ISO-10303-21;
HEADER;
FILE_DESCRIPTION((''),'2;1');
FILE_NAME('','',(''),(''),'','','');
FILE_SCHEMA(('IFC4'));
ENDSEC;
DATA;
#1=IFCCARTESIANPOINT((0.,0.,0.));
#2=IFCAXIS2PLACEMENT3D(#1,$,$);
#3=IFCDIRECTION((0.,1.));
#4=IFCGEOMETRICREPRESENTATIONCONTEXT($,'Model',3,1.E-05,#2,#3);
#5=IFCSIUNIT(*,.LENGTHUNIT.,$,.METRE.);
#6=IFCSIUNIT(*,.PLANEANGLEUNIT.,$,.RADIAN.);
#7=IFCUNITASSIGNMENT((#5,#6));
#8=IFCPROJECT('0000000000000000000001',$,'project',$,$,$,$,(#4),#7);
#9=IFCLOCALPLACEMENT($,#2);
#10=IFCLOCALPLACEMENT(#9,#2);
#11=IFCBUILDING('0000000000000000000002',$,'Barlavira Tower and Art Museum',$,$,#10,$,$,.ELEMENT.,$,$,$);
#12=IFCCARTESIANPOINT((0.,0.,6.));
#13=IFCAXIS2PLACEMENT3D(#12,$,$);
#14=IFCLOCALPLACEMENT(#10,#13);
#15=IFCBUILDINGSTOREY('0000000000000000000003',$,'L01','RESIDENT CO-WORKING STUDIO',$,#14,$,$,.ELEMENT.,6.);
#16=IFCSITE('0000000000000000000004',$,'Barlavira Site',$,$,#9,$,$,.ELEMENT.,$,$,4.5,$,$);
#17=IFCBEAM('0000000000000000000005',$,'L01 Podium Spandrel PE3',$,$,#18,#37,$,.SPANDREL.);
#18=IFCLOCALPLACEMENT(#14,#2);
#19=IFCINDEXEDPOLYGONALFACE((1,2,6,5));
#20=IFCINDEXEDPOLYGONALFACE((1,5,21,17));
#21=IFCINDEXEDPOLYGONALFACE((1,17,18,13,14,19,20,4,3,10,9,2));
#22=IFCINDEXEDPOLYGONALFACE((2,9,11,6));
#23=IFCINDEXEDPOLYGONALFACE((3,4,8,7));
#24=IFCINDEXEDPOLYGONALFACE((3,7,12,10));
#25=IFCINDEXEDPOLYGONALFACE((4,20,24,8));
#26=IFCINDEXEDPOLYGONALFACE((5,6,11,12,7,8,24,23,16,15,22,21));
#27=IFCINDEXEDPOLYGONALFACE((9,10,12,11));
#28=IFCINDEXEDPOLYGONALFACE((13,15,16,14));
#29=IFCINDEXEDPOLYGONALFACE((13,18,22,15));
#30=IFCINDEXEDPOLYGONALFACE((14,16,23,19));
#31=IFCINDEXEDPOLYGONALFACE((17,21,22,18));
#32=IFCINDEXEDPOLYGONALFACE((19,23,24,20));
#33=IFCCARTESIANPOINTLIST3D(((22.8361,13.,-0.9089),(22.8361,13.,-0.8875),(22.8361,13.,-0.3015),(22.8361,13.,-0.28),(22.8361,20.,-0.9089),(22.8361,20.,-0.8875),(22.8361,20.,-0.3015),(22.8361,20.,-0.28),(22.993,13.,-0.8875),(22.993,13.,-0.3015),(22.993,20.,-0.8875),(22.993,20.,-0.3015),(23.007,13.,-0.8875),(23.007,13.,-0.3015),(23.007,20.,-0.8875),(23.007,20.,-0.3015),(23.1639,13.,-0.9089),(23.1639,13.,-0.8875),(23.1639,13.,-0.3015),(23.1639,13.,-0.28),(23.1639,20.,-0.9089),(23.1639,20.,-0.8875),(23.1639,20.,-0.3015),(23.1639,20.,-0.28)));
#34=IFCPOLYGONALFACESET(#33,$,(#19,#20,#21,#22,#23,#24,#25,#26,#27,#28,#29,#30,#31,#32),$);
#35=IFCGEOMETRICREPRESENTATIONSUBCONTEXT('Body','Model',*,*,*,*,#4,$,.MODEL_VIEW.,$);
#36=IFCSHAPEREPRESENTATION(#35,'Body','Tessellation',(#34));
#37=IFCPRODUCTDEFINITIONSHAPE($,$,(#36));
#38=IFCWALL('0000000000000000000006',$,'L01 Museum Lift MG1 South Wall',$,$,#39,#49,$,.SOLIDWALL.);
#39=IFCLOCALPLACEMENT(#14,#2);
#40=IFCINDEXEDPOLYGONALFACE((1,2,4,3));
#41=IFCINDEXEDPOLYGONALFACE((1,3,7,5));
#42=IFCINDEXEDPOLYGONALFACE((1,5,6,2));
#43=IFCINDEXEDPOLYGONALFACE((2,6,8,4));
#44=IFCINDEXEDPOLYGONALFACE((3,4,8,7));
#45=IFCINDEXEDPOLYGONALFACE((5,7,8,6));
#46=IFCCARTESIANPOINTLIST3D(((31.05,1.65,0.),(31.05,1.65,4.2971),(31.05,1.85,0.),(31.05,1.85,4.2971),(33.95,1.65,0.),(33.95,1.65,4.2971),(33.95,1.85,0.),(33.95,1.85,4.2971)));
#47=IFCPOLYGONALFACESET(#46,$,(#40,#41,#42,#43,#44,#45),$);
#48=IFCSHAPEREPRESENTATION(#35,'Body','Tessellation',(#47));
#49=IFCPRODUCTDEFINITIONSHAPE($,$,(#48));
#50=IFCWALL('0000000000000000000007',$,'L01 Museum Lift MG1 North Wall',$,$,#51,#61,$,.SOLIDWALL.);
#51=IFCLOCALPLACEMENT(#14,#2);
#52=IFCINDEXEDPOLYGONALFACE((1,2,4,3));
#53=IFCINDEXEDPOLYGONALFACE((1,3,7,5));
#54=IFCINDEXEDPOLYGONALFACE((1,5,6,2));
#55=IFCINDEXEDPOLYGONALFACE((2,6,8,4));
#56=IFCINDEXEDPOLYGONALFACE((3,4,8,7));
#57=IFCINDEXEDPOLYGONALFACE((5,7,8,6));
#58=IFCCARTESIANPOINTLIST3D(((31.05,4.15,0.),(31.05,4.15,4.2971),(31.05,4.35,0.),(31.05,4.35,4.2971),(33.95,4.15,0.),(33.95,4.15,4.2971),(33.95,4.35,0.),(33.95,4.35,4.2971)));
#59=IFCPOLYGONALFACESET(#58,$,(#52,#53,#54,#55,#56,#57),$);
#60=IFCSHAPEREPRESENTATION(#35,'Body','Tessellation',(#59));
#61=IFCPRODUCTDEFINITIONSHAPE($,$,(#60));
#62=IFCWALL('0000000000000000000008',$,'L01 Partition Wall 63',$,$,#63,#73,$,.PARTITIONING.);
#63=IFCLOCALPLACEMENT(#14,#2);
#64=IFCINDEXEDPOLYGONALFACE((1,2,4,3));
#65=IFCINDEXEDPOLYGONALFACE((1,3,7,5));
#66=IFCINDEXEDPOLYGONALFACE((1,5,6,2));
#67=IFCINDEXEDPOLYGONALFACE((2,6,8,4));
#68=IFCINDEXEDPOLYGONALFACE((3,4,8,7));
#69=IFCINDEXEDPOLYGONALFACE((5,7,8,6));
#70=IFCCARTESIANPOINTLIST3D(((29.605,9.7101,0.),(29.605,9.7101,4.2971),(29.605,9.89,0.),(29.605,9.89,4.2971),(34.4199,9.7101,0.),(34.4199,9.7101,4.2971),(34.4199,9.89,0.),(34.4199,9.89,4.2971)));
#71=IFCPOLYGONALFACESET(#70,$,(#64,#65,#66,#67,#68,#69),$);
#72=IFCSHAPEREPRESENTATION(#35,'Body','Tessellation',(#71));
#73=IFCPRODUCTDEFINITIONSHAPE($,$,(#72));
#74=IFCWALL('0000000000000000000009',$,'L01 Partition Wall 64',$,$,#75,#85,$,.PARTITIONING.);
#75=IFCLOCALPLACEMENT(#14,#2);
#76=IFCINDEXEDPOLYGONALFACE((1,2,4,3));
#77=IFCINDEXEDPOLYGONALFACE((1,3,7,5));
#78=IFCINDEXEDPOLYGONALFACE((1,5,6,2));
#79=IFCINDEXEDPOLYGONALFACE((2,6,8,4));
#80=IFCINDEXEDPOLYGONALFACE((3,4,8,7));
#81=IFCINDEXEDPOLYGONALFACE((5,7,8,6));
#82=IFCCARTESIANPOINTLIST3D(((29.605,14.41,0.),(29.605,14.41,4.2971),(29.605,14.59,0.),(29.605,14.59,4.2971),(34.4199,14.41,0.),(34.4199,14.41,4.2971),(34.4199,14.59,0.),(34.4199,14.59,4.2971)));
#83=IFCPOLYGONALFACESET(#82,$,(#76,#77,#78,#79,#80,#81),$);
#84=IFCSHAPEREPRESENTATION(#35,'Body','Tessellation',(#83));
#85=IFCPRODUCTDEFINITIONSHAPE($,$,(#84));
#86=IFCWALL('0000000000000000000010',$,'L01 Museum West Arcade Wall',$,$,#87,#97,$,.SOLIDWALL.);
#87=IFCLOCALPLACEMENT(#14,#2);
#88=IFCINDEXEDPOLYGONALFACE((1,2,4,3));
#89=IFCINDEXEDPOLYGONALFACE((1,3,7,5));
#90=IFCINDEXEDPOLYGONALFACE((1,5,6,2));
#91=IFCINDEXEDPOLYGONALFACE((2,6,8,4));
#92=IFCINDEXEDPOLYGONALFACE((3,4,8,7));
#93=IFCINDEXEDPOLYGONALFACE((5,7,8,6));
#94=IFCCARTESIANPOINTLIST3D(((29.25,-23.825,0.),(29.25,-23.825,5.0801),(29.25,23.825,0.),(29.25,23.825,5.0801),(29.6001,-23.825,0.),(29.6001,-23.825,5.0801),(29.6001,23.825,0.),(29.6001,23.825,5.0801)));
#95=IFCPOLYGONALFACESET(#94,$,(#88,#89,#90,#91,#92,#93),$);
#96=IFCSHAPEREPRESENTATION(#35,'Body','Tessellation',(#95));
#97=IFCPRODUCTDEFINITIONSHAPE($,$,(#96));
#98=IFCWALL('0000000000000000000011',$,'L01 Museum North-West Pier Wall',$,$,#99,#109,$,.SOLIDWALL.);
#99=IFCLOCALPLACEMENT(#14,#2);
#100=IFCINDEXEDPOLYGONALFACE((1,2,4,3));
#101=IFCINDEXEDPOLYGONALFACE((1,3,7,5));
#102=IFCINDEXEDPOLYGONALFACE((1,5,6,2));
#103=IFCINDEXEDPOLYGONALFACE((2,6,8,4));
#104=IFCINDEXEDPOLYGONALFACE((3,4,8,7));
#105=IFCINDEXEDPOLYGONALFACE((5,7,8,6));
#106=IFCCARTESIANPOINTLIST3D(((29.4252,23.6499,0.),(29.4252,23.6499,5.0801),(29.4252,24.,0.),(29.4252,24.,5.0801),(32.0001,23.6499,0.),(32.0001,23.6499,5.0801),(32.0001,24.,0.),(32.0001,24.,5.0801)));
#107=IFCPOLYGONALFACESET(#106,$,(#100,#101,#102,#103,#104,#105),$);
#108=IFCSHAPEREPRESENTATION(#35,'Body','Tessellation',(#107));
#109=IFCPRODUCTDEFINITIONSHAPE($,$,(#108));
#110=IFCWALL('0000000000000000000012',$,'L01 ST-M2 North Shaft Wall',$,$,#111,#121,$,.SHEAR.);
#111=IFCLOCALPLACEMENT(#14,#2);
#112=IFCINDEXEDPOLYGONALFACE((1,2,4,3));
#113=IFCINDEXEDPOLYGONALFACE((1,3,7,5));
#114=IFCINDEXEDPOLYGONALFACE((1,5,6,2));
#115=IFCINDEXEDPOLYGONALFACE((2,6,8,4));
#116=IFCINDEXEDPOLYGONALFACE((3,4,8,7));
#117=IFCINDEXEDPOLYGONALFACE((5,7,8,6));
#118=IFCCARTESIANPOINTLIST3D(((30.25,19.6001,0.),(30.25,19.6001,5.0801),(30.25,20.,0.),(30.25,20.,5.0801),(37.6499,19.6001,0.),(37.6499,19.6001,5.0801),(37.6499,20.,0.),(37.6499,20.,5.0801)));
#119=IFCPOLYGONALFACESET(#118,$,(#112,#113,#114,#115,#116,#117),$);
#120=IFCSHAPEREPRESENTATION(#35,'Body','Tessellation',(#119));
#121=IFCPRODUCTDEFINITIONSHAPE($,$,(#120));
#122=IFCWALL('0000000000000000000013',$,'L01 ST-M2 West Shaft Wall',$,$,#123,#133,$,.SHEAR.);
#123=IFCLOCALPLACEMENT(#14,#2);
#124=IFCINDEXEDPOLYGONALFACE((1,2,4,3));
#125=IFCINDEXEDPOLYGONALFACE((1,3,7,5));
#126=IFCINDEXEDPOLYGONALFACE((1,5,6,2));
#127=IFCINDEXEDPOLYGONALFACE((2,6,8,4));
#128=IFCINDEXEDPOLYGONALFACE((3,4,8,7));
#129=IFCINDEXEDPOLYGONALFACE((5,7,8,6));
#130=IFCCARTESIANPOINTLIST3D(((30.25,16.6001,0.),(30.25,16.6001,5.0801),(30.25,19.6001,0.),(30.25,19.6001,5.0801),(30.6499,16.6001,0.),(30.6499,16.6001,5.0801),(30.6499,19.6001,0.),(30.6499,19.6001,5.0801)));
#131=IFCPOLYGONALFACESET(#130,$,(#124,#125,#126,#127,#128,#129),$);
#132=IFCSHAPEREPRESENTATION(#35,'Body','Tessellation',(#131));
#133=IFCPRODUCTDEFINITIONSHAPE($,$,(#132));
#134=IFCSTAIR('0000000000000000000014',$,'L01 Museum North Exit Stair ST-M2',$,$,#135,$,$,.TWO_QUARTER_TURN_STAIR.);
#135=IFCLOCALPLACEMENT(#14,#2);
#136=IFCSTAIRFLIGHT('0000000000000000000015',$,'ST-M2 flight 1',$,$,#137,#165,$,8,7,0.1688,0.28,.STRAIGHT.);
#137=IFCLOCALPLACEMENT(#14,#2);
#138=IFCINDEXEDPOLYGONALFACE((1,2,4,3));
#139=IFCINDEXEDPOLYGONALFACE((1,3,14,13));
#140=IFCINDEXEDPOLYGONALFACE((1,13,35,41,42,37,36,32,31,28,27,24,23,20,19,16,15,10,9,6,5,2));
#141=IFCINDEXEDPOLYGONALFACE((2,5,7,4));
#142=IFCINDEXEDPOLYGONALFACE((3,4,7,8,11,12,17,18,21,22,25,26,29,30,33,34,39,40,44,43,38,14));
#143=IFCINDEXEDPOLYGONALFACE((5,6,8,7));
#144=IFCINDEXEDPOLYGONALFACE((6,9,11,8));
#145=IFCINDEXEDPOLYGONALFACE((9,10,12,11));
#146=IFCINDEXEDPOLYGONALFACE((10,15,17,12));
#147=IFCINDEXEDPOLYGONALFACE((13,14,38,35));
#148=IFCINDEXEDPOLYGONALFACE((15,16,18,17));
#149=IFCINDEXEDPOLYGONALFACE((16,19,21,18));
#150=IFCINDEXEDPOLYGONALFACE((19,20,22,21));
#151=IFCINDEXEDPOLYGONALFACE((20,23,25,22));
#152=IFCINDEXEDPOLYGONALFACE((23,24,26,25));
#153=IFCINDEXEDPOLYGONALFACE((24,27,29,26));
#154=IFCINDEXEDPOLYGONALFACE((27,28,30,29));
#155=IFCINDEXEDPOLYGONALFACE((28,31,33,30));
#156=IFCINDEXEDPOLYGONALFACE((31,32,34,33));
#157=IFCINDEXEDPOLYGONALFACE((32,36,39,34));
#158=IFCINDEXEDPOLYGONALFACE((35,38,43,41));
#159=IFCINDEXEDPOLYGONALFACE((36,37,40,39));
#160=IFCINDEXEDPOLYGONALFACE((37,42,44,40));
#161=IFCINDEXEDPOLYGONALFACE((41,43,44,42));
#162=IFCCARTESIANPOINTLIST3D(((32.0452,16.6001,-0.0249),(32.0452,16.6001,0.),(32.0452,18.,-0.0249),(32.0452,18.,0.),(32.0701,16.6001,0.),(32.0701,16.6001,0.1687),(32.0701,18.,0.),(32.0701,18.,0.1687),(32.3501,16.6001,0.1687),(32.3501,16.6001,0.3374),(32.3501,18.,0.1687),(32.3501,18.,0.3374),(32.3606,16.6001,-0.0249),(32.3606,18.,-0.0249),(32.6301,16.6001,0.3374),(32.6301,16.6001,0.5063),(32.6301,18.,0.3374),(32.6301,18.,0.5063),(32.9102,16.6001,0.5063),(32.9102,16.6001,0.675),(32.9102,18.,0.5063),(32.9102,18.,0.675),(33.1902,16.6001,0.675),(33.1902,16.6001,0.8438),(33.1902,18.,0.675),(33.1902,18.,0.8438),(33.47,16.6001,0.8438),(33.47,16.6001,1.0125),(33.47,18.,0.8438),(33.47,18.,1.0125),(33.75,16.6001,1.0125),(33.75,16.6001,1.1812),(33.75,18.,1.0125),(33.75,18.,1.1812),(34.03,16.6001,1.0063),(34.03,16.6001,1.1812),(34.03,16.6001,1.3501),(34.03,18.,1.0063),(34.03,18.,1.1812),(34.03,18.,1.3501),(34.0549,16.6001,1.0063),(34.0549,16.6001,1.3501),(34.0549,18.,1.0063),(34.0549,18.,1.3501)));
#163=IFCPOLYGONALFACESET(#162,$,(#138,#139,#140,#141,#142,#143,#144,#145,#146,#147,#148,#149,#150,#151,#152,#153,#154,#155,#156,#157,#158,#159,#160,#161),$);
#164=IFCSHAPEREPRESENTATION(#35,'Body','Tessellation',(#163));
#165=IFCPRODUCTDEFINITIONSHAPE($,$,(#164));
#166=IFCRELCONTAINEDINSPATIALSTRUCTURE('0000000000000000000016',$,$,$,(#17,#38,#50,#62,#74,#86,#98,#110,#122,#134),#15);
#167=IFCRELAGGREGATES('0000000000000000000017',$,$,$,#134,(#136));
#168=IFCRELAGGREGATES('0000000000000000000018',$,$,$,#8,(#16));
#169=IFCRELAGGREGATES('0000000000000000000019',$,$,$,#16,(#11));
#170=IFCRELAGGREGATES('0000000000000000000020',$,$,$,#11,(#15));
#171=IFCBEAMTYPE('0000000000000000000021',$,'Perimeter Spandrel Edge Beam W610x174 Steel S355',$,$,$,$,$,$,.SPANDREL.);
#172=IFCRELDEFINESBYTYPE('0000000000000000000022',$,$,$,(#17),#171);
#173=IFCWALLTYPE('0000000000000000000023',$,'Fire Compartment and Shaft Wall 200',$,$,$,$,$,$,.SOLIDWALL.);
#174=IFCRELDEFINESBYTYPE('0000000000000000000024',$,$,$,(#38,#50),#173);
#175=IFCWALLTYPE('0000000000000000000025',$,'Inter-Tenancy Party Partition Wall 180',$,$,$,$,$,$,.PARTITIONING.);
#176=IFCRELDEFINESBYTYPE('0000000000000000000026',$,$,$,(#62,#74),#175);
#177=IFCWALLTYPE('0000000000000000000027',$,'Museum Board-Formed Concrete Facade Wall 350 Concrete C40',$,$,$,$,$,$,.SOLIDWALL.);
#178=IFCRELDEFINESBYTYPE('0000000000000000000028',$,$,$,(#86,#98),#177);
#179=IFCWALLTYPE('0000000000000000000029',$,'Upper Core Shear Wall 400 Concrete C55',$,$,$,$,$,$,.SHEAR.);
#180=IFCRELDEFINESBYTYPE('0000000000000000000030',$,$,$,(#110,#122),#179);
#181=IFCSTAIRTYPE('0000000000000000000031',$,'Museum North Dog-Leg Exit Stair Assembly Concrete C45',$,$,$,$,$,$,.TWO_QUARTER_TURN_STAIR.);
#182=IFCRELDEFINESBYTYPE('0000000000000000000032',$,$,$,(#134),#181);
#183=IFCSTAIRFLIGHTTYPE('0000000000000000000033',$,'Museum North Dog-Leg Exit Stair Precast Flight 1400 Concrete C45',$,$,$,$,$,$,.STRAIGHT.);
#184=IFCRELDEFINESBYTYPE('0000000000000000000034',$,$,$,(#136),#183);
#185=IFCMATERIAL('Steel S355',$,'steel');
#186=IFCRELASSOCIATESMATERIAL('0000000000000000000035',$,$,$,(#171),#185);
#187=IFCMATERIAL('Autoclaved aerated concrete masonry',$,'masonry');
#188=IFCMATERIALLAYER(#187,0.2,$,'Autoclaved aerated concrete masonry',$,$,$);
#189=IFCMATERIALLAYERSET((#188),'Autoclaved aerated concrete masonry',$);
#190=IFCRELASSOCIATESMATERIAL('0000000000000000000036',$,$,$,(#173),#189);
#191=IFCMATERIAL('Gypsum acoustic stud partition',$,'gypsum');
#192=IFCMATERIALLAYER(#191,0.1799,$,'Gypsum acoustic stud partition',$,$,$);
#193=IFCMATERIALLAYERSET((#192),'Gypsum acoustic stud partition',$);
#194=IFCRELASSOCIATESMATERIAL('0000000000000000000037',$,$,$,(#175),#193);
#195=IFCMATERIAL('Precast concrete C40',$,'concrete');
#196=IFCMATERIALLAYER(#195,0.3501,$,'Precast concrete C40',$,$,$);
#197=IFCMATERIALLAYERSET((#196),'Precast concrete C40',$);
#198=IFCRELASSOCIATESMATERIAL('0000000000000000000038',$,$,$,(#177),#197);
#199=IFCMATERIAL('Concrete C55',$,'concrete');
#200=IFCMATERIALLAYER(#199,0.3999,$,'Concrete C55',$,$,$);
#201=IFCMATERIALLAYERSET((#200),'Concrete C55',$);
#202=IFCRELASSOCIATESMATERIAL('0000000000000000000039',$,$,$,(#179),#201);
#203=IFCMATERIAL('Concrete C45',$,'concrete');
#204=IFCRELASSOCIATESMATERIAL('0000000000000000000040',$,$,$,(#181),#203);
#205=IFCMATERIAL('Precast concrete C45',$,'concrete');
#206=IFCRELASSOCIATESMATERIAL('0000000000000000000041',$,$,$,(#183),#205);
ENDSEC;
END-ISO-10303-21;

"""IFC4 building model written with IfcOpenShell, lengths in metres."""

from ifc_helpers import new_model, si_unit, direction, frame, frame_2d, origin, origin_2d, place, context, subcontext, project, spatial, polyline, rectangle, i_section, outline, extrude, material, layer, layer_set, material_profile, profile_set, type_object, element, aggregate, save


model = new_model("IFC4")

# Units and contexts
model_context = context("Model", 3, precision=1e-05, world=origin(), true_north=direction((0.0, 1.0)))
body_context = subcontext(model_context, "Body", "Model", "MODEL_VIEW")
ifc_project = project(units=[si_unit("LENGTHUNIT", "METRE"), si_unit("PLANEANGLEUNIT", "RADIAN")], contexts=[model_context])

# Site, building, storey
site_placement = place(None, origin())
site = spatial("IfcSite", under=ifc_project, at=site_placement, Name="Barlavira Site", CompositionType="ELEMENT", RefElevation=4.5)
building_placement = place(site_placement, origin())
building = spatial("IfcBuilding", under=site, at=building_placement, Name="Barlavira Tower and Art Museum", CompositionType="ELEMENT")
storey_placement = place(building_placement, frame((0.0, 0.0, 6.0)))
storey = spatial("IfcBuildingStorey", under=building, at=storey_placement, Name="L01", Description="RESIDENT CO-WORKING STUDIO", CompositionType="ELEMENT", Elevation=6.0)

# Beam
ifc_material_1 = material(Name="Steel S355", Category="steel")
ifc_material_profile_1 = material_profile(ifc_material_1, i_section(OverallWidth=0.3279, OverallDepth=0.6289, WebThickness=0.0139, FlangeThickness=0.0215, at=origin_2d()), Name="W610x174.0")
ifc_profile_set_1 = profile_set([ifc_material_profile_1], Name="Steel S355")
beam_type_1 = type_object("IfcBeamType", Name="Perimeter Spandrel Edge Beam W610x174 Steel S355", PredefinedType="SPANDREL", material=ifc_profile_set_1)
beam_1_placement = place(storey_placement, frame((23.0, 13.0, -0.5945), z_axis=(0.0, 1.0, 0.0), x_axis=(-1.0, 0.0, 0.0)))
element("IfcBeam", 1, at=beam_1_placement, inside=storey, type_object=beam_type_1, Name="L01 Podium Spandrel PE3", PredefinedType="SPANDREL", context=body_context, shape_type="SweptSolid", body=[
    extrude(i_section(OverallWidth=0.3279, OverallDepth=0.6289, WebThickness=0.0139, FlangeThickness=0.0215, at=origin_2d()), origin(), (0.0, 0.0, 1.0), 7.0),
])

# Walls
ifc_material_2 = material(Name="Autoclaved aerated concrete masonry", Category="masonry")
ifc_layer_1 = layer(ifc_material_2, 0.2, Name="Autoclaved aerated concrete masonry")
ifc_layer_set_1 = layer_set([ifc_layer_1], Name="Autoclaved aerated concrete masonry")
wall_type_1 = type_object("IfcWallType", Name="Fire Compartment and Shaft Wall 200", PredefinedType="SOLIDWALL", material=ifc_layer_set_1)
for number, where, z_axis, x_axis, name in (
    (2, (31.05, 1.75, 0.0), (0.0, 0.0, 1.0), (1.0, 0.0, 0.0), "L01 Museum Lift MG1 South Wall"),
    (3, (31.05, 4.25, 0.0), (0.0, 0.0, 1.0), (1.0, 0.0, 0.0), "L01 Museum Lift MG1 North Wall"),
):
    element("IfcWall", number, at=place(storey_placement, frame(where, z_axis=z_axis, x_axis=x_axis)), inside=storey, type_object=wall_type_1, Name=name, PredefinedType="SOLIDWALL", context=body_context, shape_type="SweptSolid", body=[
        extrude(rectangle(XDim=2.8999, YDim=0.2, at=frame_2d((1.45, 0.0))), origin(), (0.0, 0.0, 1.0), 4.2971),
    ])
ifc_material_3 = material(Name="Gypsum acoustic stud partition", Category="gypsum")
ifc_layer_2 = layer(ifc_material_3, 0.1799, Name="Gypsum acoustic stud partition")
ifc_layer_set_2 = layer_set([ifc_layer_2], Name="Gypsum acoustic stud partition")
wall_type_2 = type_object("IfcWallType", Name="Inter-Tenancy Party Partition Wall 180", PredefinedType="PARTITIONING", material=ifc_layer_set_2)
for number, where, z_axis, x_axis, name in (
    (4, (29.605, 9.8, 0.0), (0.0, 0.0, 1.0), (1.0, 0.0, 0.0), "L01 Partition Wall 63"),
    (5, (29.605, 14.5, 0.0), (0.0, 0.0, 1.0), (1.0, 0.0, 0.0), "L01 Partition Wall 64"),
):
    element("IfcWall", number, at=place(storey_placement, frame(where, z_axis=z_axis, x_axis=x_axis)), inside=storey, type_object=wall_type_2, Name=name, PredefinedType="PARTITIONING", context=body_context, shape_type="SweptSolid", body=[
        extrude(rectangle(XDim=4.8149, YDim=0.1799, at=frame_2d((2.4075, 0.0))), origin(), (0.0, 0.0, 1.0), 4.2971),
    ])
ifc_material_4 = material(Name="Precast concrete C40", Category="concrete")
ifc_layer_3 = layer(ifc_material_4, 0.3501, Name="Precast concrete C40")
ifc_layer_set_3 = layer_set([ifc_layer_3], Name="Precast concrete C40")
wall_type_3 = type_object("IfcWallType", Name="Museum Board-Formed Concrete Facade Wall 350 Concrete C40", PredefinedType="SOLIDWALL", material=ifc_layer_set_3)
wall_1_placement = place(storey_placement, frame((29.425, 23.825, 0.0), z_axis=(0.0, 0.0, 1.0), x_axis=(0.0, -1.0, 0.0)))
element("IfcWall", 6, at=wall_1_placement, inside=storey, type_object=wall_type_3, Name="L01 Museum West Arcade Wall", PredefinedType="SOLIDWALL", context=body_context, shape_type="SweptSolid", body=[
    extrude(rectangle(XDim=47.6499, YDim=0.3501, at=frame_2d((23.825, 0.0))), origin(), (0.0, 0.0, 1.0), 5.0801),
])
wall_2_placement = place(storey_placement, frame((29.425, 23.825, 0.0), z_axis=(0.0, 0.0, 1.0), x_axis=(1.0, 0.0, 0.0)))
element("IfcWall", 7, at=wall_2_placement, inside=storey, type_object=wall_type_3, Name="L01 Museum North-West Pier Wall", PredefinedType="SOLIDWALL", context=body_context, shape_type="SweptSolid", body=[
    extrude(rectangle(XDim=2.575, YDim=0.3501, at=frame_2d((1.2876, 0.0))), origin(), (0.0, 0.0, 1.0), 5.0801),
])
ifc_material_5 = material(Name="Concrete C55", Category="concrete")
ifc_layer_4 = layer(ifc_material_5, 0.3999, Name="Concrete C55")
ifc_layer_set_4 = layer_set([ifc_layer_4], Name="Concrete C55")
wall_type_4 = type_object("IfcWallType", Name="Upper Core Shear Wall 400 Concrete C55", PredefinedType="SHEAR", material=ifc_layer_set_4)
wall_3_placement = place(storey_placement, frame((30.25, 19.8, 0.0), z_axis=(0.0, 0.0, 1.0), x_axis=(1.0, 0.0, 0.0)))
element("IfcWall", 8, at=wall_3_placement, inside=storey, type_object=wall_type_4, Name="L01 ST-M2 North Shaft Wall", PredefinedType="SHEAR", context=body_context, shape_type="SweptSolid", body=[
    extrude(rectangle(XDim=7.3999, YDim=0.3999, at=frame_2d((3.7, 0.0))), origin(), (0.0, 0.0, 1.0), 5.0801),
])
wall_4_placement = place(storey_placement, frame((30.45, 16.6001, 0.0), z_axis=(0.0, 0.0, 1.0), x_axis=(0.0, 1.0, 0.0)))
element("IfcWall", 9, at=wall_4_placement, inside=storey, type_object=wall_type_4, Name="L01 ST-M2 West Shaft Wall", PredefinedType="SHEAR", context=body_context, shape_type="SweptSolid", body=[
    extrude(rectangle(XDim=3.0, YDim=0.3999, at=frame_2d((1.5, 0.0))), origin(), (0.0, 0.0, 1.0), 5.0801),
])

# Stair, stair flight
ifc_material_6 = material(Name="Concrete C45", Category="concrete")
stair_type = type_object("IfcStairType", Name="Museum North Dog-Leg Exit Stair Assembly Concrete C45", PredefinedType="TWO_QUARTER_TURN_STAIR", material=ifc_material_6)
stair_placement = place(storey_placement, origin())
stair = element("IfcStair", 10, at=stair_placement, inside=storey, type_object=stair_type, Name="L01 Museum North Exit Stair ST-M2", PredefinedType="TWO_QUARTER_TURN_STAIR")
ifc_material_7 = material(Name="Precast concrete C45", Category="concrete")
stair_flight_type = type_object("IfcStairFlightType", Name="Museum North Dog-Leg Exit Stair Precast Flight 1400 Concrete C45", PredefinedType="STRAIGHT", material=ifc_material_7)
stair_flight_1_placement = place(storey_placement, frame((32.0701, 17.3, 0.0), z_axis=(0.0, 0.0, 1.0), x_axis=(1.0, 0.0, 0.0)))
stair_flight_1 = element("IfcStairFlight", 11, at=stair_flight_1_placement, type_object=stair_flight_type, Name="ST-M2 flight 1", NumberOfRisers=8, NumberOfTreads=7, PredefinedType="STRAIGHT", RiserHeight=0.1688, TreadLength=0.28, context=body_context, shape_type="SweptSolid", body=[
    extrude(outline(polyline([(-0.0249, 0.0), (0.0, 0.0), (0.0, 0.1687), (0.28, 0.1687), (0.28, 0.3374), (0.5601, 0.3374), (0.5601, 0.5063), (0.8401, 0.5063), (0.8401, 0.675), (1.1201, 0.675), (1.1201, 0.8438), (1.3999, 0.8438), (1.3999, 1.0125), (1.6799, 1.0125), (1.6799, 1.1812), (1.96, 1.1812), (1.96, 1.3501), (1.9849, 1.3501), (1.9849, 1.0063), (1.96, 1.0063), (0.2905, -0.0249), (-0.0249, -0.0249), (-0.0249, 0.0)])), frame((0.0, 0.7, 0.0), z_axis=(0.0, -1.0, 0.0), x_axis=(1.0, 0.0, 0.0)), (0.0, 0.0, 1.0), 1.3999),
])
aggregate(stair, [stair_flight_1])

save(model, "model.ifc")
